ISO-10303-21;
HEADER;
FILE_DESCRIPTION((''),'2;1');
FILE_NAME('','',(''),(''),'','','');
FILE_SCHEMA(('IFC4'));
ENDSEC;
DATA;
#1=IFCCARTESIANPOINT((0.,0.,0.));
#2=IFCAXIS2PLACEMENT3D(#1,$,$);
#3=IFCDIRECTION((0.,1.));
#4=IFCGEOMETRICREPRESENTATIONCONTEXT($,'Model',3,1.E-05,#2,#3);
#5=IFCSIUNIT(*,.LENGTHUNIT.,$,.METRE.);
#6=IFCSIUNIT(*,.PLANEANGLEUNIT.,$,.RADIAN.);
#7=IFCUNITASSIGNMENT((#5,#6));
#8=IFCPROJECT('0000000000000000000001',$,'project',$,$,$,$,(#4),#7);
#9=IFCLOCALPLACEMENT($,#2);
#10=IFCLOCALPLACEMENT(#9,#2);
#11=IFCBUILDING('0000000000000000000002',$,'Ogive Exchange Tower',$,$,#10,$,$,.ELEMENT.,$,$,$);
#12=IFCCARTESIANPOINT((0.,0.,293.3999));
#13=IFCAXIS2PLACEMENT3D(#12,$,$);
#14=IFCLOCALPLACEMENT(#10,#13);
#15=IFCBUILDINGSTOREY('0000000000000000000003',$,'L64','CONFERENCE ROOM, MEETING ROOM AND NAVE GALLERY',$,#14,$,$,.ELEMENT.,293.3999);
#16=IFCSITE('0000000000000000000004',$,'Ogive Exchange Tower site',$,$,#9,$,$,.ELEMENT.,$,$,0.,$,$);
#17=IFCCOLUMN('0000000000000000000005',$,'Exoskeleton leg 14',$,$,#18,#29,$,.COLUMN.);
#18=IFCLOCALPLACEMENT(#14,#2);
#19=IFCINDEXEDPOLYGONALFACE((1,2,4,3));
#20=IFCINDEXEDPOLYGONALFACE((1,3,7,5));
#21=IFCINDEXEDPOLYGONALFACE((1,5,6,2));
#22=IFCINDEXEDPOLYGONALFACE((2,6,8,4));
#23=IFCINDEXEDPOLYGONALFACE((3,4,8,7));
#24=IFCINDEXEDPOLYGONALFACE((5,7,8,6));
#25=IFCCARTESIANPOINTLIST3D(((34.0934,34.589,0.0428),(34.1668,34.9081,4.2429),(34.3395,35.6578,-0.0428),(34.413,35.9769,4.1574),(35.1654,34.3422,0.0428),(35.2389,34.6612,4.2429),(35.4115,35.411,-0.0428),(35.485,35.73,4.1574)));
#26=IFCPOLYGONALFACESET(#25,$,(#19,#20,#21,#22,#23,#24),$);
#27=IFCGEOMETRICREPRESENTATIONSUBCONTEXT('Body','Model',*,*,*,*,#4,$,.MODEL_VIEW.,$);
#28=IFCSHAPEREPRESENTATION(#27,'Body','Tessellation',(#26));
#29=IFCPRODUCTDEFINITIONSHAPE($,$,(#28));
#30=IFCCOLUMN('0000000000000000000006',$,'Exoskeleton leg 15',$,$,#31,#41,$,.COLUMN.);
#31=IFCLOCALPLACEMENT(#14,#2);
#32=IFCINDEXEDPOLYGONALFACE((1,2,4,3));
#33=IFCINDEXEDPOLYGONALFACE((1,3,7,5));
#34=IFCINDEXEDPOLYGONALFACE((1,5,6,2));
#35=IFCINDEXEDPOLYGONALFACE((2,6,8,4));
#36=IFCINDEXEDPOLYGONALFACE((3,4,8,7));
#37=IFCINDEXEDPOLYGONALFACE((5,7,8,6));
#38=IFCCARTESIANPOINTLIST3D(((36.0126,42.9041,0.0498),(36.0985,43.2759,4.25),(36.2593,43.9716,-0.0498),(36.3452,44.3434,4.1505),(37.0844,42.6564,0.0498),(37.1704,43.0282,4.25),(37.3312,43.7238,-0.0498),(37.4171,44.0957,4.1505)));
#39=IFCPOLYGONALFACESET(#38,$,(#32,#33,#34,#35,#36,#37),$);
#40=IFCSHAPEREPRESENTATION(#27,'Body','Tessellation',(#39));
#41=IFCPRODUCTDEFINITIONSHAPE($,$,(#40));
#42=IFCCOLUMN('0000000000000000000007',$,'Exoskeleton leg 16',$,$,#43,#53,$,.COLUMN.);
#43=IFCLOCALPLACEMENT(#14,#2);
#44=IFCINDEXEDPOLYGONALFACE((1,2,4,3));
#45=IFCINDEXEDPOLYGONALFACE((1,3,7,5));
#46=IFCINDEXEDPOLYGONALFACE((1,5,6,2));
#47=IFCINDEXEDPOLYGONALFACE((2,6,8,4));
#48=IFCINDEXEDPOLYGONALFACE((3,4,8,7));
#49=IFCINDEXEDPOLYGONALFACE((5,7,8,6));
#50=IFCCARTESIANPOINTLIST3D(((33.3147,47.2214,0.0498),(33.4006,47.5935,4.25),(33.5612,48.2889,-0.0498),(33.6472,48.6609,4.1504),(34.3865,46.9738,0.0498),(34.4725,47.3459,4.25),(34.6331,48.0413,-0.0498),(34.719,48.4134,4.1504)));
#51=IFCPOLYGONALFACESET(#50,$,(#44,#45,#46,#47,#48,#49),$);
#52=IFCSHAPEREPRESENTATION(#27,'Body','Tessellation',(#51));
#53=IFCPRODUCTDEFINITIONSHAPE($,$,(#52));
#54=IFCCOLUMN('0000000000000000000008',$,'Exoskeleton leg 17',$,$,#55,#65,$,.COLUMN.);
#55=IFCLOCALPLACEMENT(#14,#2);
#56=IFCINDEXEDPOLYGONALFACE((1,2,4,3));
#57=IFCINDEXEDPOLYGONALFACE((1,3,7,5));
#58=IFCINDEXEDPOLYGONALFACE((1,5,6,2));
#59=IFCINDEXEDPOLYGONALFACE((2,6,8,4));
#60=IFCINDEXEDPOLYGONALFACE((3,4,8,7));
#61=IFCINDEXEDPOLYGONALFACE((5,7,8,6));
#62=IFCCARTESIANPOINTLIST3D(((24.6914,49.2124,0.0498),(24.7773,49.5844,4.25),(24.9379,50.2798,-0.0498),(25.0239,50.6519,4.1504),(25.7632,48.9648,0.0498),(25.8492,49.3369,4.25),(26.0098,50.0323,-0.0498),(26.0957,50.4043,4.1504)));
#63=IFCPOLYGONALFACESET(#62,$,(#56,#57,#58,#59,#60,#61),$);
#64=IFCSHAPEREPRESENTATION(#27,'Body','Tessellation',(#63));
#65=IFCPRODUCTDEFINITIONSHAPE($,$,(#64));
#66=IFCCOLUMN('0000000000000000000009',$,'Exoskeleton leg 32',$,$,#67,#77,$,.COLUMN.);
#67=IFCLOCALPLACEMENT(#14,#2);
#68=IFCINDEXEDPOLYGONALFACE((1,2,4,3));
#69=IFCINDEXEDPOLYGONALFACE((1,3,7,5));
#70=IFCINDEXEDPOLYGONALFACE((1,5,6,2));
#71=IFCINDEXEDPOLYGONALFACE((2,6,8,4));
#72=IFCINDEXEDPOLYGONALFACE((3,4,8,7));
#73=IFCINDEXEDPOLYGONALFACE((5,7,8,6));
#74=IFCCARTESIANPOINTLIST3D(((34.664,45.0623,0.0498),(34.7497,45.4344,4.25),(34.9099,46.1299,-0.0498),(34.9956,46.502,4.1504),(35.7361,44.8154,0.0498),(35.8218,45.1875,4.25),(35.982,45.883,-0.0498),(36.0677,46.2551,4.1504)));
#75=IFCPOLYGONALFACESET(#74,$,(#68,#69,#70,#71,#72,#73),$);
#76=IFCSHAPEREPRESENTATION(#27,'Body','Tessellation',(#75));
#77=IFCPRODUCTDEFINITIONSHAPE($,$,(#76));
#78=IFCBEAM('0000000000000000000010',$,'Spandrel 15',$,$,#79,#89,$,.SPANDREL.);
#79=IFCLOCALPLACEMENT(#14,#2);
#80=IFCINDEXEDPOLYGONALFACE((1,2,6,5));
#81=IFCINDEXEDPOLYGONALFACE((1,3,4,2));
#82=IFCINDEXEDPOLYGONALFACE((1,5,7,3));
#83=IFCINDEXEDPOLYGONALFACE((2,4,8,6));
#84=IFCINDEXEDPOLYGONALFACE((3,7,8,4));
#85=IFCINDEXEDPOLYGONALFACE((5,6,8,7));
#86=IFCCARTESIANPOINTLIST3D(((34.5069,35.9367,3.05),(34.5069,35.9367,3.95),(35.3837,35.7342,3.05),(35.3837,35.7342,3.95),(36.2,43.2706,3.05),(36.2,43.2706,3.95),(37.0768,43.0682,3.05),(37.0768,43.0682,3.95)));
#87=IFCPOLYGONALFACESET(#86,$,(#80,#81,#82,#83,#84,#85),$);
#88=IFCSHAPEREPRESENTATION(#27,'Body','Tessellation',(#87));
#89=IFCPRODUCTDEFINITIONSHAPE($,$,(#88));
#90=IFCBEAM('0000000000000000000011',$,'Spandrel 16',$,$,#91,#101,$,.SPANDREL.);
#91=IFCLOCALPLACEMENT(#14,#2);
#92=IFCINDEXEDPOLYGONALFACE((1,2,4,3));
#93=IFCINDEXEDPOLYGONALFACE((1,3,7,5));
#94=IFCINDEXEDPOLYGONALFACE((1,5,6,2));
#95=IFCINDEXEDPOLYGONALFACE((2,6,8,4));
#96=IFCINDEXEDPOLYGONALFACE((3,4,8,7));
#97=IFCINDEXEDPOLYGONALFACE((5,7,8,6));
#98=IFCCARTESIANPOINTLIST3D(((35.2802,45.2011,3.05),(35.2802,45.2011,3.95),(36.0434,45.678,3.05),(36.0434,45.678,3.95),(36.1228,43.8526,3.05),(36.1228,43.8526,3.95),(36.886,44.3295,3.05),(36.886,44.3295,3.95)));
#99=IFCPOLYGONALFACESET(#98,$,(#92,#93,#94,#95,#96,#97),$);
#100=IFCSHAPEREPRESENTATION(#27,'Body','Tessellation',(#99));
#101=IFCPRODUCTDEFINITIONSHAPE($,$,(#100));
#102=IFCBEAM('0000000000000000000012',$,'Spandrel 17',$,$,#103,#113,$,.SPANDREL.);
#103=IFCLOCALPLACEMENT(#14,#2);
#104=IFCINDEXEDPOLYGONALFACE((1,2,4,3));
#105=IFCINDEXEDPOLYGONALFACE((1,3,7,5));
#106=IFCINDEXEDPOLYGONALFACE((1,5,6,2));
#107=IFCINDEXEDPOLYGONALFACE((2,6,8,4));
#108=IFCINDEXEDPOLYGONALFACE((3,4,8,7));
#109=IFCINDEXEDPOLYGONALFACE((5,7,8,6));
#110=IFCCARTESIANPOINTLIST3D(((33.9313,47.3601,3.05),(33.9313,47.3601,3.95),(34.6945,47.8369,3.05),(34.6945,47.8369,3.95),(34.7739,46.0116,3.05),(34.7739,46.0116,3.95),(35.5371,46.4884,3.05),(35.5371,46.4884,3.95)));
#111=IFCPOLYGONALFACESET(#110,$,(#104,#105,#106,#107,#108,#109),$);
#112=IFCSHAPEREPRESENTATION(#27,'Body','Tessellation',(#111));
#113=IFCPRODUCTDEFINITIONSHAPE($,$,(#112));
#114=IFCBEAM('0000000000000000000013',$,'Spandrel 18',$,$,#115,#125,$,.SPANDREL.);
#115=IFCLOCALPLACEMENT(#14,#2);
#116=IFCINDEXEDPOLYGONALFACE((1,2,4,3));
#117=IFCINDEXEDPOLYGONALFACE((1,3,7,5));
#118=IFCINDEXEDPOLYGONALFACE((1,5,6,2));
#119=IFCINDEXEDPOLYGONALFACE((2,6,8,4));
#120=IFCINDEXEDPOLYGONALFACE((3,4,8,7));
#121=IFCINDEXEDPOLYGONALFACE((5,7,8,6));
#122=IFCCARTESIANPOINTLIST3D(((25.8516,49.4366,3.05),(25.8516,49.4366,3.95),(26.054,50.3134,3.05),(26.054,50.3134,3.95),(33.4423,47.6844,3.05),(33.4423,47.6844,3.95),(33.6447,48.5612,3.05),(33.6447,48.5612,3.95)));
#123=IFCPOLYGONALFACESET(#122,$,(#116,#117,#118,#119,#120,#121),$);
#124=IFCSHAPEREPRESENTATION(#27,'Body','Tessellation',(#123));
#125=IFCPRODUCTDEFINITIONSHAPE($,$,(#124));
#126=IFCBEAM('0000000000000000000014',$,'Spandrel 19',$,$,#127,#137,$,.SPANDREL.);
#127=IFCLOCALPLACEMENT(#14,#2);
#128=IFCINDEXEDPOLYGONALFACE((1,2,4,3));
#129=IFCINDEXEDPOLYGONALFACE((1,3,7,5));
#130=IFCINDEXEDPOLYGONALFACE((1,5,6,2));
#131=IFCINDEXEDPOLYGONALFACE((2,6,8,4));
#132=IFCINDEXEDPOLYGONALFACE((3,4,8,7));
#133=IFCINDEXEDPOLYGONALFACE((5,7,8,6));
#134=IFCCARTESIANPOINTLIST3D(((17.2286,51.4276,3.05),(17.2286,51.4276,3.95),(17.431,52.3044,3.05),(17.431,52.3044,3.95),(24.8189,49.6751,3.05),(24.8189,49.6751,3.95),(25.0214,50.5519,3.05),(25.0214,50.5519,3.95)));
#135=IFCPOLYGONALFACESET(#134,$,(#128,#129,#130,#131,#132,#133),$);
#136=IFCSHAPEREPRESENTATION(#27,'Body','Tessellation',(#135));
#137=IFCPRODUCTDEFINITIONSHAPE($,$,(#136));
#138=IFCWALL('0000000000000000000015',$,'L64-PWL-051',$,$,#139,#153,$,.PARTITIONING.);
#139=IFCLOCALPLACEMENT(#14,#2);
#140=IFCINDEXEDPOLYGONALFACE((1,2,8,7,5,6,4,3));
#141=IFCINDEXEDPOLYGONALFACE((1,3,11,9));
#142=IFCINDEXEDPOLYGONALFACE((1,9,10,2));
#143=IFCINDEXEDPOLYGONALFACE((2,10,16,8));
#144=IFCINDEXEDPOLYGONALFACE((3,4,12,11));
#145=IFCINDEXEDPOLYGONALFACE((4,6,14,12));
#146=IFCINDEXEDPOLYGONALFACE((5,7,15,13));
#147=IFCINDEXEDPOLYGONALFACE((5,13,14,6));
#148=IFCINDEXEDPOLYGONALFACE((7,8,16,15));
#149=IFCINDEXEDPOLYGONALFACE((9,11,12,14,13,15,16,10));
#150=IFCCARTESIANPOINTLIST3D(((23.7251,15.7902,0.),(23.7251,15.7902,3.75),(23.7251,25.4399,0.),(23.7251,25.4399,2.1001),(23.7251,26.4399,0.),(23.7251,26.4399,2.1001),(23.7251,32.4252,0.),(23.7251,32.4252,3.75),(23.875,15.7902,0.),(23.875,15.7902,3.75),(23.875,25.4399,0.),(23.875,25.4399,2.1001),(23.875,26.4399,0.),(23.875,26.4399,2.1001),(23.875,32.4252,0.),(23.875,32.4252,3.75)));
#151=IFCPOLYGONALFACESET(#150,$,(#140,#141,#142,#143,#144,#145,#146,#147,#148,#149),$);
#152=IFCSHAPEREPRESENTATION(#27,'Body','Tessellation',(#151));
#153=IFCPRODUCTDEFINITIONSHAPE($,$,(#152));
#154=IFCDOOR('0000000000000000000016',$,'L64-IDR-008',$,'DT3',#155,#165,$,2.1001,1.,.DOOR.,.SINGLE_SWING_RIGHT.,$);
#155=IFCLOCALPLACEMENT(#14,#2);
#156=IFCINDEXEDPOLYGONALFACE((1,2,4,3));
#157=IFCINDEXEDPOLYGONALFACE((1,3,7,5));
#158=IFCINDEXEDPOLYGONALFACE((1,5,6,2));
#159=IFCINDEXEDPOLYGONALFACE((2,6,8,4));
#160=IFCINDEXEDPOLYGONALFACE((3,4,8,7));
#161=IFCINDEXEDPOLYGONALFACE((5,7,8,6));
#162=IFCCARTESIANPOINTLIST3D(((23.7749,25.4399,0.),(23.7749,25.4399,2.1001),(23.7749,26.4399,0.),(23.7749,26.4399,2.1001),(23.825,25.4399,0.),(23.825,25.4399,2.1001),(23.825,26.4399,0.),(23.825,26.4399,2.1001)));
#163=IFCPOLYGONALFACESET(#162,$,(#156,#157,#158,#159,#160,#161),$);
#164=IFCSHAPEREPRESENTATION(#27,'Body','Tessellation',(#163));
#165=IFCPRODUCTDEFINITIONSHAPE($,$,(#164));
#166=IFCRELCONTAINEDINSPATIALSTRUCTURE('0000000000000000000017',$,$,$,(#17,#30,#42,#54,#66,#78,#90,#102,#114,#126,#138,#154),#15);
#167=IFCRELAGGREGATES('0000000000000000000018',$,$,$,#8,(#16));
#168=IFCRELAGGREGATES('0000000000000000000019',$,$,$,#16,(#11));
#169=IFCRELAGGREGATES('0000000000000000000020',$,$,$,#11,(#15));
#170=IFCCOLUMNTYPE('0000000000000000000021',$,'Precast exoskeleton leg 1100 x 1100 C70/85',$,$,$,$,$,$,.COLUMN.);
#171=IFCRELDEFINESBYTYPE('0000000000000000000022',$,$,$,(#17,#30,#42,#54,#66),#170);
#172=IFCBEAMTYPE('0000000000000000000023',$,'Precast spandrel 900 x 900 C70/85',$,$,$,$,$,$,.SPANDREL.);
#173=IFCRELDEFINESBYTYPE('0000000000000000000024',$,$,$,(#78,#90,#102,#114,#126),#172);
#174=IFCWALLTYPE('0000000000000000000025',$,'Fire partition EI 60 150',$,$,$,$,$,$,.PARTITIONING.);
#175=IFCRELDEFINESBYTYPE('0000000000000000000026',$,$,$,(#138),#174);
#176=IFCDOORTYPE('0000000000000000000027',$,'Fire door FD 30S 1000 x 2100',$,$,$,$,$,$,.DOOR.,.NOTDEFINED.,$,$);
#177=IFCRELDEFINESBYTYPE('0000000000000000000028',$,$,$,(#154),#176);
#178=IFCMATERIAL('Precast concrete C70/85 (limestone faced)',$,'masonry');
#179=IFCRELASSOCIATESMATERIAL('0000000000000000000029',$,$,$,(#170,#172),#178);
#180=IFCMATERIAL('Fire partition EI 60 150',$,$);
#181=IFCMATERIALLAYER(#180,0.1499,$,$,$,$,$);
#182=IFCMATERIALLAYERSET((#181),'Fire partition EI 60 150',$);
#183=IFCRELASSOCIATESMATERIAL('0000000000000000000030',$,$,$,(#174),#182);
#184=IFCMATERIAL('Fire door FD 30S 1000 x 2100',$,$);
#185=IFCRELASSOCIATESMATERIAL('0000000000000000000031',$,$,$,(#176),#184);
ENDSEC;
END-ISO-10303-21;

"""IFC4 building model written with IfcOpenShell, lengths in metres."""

from ifc_helpers import new_model, si_unit, direction, frame, frame_2d, origin, origin_2d, place, context, subcontext, project, spatial, rectangle, extrude, material, layer, layer_set, material_profile, profile_set, type_object, element, fill, save


model = new_model("IFC4")

# Units and contexts
model_context = context("Model", 3, precision=1e-05, world=origin(), true_north=direction((0.0, 1.0)))
body_context = subcontext(model_context, "Body", "Model", "MODEL_VIEW")
ifc_project = project(units=[si_unit("LENGTHUNIT", "METRE"), si_unit("PLANEANGLEUNIT", "RADIAN")], contexts=[model_context])

# Site, building, storey
site_placement = place(None, origin())
site = spatial("IfcSite", under=ifc_project, at=site_placement, Name="Ogive Exchange Tower site", CompositionType="ELEMENT", RefElevation=0.0)
building_placement = place(site_placement, origin())
building = spatial("IfcBuilding", under=site, at=building_placement, Name="Ogive Exchange Tower", CompositionType="ELEMENT")
storey_placement = place(building_placement, frame((0.0, 0.0, 293.3999)))
storey = spatial("IfcBuildingStorey", under=building, at=storey_placement, Name="L64", Description="CONFERENCE ROOM, MEETING ROOM AND NAVE GALLERY", CompositionType="ELEMENT", Elevation=293.3999)

# Columns
ifc_material_1 = material(Name="Precast concrete C70/85 (limestone faced)", Category="masonry")
ifc_material_profile_1 = material_profile(ifc_material_1, rectangle(XDim=1.1001, YDim=1.1001, at=origin_2d()), Name="1100 x 1100")
ifc_profile_set_1 = profile_set([ifc_material_profile_1], Name="Precast concrete C70/85 (limestone faced)")
column_type = type_object("IfcColumnType", Name="Precast exoskeleton leg 1100 x 1100 C70/85", PredefinedType="COLUMN", material=ifc_profile_set_1)
column_placement = place(storey_placement, frame((34.7524, 35.0, 0.0), z_axis=(0.017443, 0.075741, 0.996975), x_axis=(-0.974492, 0.224424, 0.0)))
element("IfcColumn", 1, at=column_placement, inside=storey, type_object=column_type, Name="Exoskeleton leg 14", PredefinedType="COLUMN", context=body_context, shape_type="SweptSolid", body=[
    extrude(rectangle(XDim=1.1001, YDim=1.1001, at=origin_2d()), origin(), (0.0, 0.0, 1.0), 4.2129),
])
for number, where, z_axis, x_axis, name in (
    (2, (36.6719, 43.314, 0.0), (0.020376, 0.088163, 0.995898), (-0.974316, 0.225187, 0.0), "Exoskeleton leg 15"),
    (3, (33.9739, 47.6313, 0.0), (0.020376, 0.08822, 0.995893), (-0.974348, 0.225046, 0.0), "Exoskeleton leg 16"),
    (4, (25.3506, 49.6223, 0.0), (0.020376, 0.08822, 0.995893), (-0.974348, 0.225046, 0.0), "Exoskeleton leg 17"),
    (5, (35.323, 45.4727, 0.0), (0.020318, 0.08822, 0.995894), (-0.974488, 0.224439, 0.0), "Exoskeleton leg 32"),
):
    element("IfcColumn", number, at=place(storey_placement, frame(where, z_axis=z_axis, x_axis=x_axis)), inside=storey, type_object=column_type, Name=name, PredefinedType="COLUMN", context=body_context, shape_type="SweptSolid", body=[
        extrude(rectangle(XDim=1.1001, YDim=1.1001, at=origin_2d()), origin(), (0.0, 0.0, 1.0), 4.2175),
    ])

# Beams
ifc_material_profile_2 = material_profile(ifc_material_1, rectangle(XDim=0.8999, YDim=0.8999, at=origin_2d()), Name="900 x 900")
ifc_profile_set_2 = profile_set([ifc_material_profile_2], Name="Precast concrete C70/85 (limestone faced)")
beam_type = type_object("IfcBeamType", Name="Precast spandrel 900 x 900 C70/85", PredefinedType="SPANDREL", material=ifc_profile_set_2)
beam_1_placement = place(storey_placement, frame((34.9453, 35.8354, 3.5), z_axis=(0.224942, 0.974372, 0.0), x_axis=(-0.974372, 0.224942, 0.0)))
element("IfcBeam", 6, at=beam_1_placement, inside=storey, type_object=beam_type, Name="Spandrel 15", PredefinedType="SPANDREL", context=body_context, shape_type="SweptSolid", body=[
    extrude(rectangle(XDim=0.8999, YDim=0.8999, at=origin_2d()), origin(), (0.0, 0.0, 1.0), 7.5269),
])
for number, where, z_axis, x_axis, name in (
    (7, (36.5044, 44.0911, 3.5), (-0.529902, 0.848059, 0.0), (-0.848059, -0.529902, 0.0), "Spandrel 16"),
    (8, (35.1555, 46.25, 3.5), (-0.529902, 0.848059, 0.0), (-0.848059, -0.529902, 0.0), "Spandrel 17"),
):
    element("IfcBeam", number, at=place(storey_placement, frame(where, z_axis=z_axis, x_axis=x_axis)), inside=storey, type_object=beam_type, Name=name, PredefinedType="SPANDREL", context=body_context, shape_type="SweptSolid", body=[
        extrude(rectangle(XDim=0.8999, YDim=0.8999, at=origin_2d()), origin(), (0.0, 0.0, 1.0), 1.5901),
    ])
beam_2_placement = place(storey_placement, frame((33.5435, 48.1228, 3.5), z_axis=(-0.974376, 0.224924, 0.0), x_axis=(-0.224924, -0.974376, 0.0)))
element("IfcBeam", 9, at=beam_2_placement, inside=storey, type_object=beam_type, Name="Spandrel 18", PredefinedType="SPANDREL", context=body_context, shape_type="SweptSolid", body=[
    extrude(rectangle(XDim=0.8999, YDim=0.8999, at=origin_2d()), origin(), (0.0, 0.0, 1.0), 7.7903),
])
beam_3_placement = place(storey_placement, frame((24.9202, 50.1135, 3.5), z_axis=(-0.974368, 0.22496, 0.0), x_axis=(-0.22496, -0.974368, 0.0)))
element("IfcBeam", 10, at=beam_3_placement, inside=storey, type_object=beam_type, Name="Spandrel 19", PredefinedType="SPANDREL", context=body_context, shape_type="SweptSolid", body=[
    extrude(rectangle(XDim=0.8999, YDim=0.8999, at=origin_2d()), origin(), (0.0, 0.0, 1.0), 7.79),
])

# Wall, opening, door
ifc_material_2 = material(Name="Fire partition EI 60 150")
ifc_layer_1 = layer(ifc_material_2, 0.1499)
ifc_layer_set_1 = layer_set([ifc_layer_1], Name="Fire partition EI 60 150")
wall_type_1 = type_object("IfcWallType", Name="Fire partition EI 60 150", PredefinedType="PARTITIONING", material=ifc_layer_set_1)
wall_1_placement = place(storey_placement, frame((23.8, 32.425, 0.0), z_axis=(0.0, 0.0, 1.0), x_axis=(0.0, -1.0, 0.0)))
wall_1 = element("IfcWall", 11, at=wall_1_placement, inside=storey, type_object=wall_type_1, Name="L64-PWL-051", PredefinedType="PARTITIONING", context=body_context, shape_type="SweptSolid", body=[
    extrude(rectangle(XDim=16.635, YDim=0.1499, at=frame_2d((8.3174, 0.0))), origin(), (0.0, 0.0, 1.0), 3.75),
])
opening_1_placement = place(wall_1_placement, frame((5.9851, 0.0, 0.0)))
opening_1 = element("IfcOpeningElement", 12, at=opening_1_placement, cuts=wall_1, PredefinedType="OPENING", context=body_context, shape_type="SweptSolid", body=[
    extrude(rectangle(XDim=1.0, YDim=2.1001, at=frame_2d((0.5, 1.05))), frame((0.0, 0.085, 0.0), z_axis=(0.0, -1.0, 0.0), x_axis=(1.0, 0.0, 0.0)), (0.0, 0.0, 1.0), 0.1699),
])
ifc_material_3 = material(Name="Fire door FD 30S 1000 x 2100")
door_type_1 = type_object("IfcDoorType", Name="Fire door FD 30S 1000 x 2100", OperationType="NOTDEFINED", PredefinedType="DOOR", material=ifc_material_3)
door_1_placement = place(opening_1_placement, origin())
door_1 = element("IfcDoor", 13, at=door_1_placement, inside=storey, type_object=door_type_1, Name="L64-IDR-008", ObjectType="DT3", OperationType="SINGLE_SWING_RIGHT", OverallHeight=2.1001, OverallWidth=1.0, PredefinedType="DOOR", context=body_context, shape_type="SweptSolid", body=[
    extrude(rectangle(XDim=1.0, YDim=2.1001, at=frame_2d((0.5, 1.05))), frame((0.0, 0.0249, 0.0), z_axis=(0.0, -1.0, 0.0), x_axis=(1.0, 0.0, 0.0)), (0.0, 0.0, 1.0), 0.05),
])
fill(opening_1, door_1)

save(model, "model.ifc")
